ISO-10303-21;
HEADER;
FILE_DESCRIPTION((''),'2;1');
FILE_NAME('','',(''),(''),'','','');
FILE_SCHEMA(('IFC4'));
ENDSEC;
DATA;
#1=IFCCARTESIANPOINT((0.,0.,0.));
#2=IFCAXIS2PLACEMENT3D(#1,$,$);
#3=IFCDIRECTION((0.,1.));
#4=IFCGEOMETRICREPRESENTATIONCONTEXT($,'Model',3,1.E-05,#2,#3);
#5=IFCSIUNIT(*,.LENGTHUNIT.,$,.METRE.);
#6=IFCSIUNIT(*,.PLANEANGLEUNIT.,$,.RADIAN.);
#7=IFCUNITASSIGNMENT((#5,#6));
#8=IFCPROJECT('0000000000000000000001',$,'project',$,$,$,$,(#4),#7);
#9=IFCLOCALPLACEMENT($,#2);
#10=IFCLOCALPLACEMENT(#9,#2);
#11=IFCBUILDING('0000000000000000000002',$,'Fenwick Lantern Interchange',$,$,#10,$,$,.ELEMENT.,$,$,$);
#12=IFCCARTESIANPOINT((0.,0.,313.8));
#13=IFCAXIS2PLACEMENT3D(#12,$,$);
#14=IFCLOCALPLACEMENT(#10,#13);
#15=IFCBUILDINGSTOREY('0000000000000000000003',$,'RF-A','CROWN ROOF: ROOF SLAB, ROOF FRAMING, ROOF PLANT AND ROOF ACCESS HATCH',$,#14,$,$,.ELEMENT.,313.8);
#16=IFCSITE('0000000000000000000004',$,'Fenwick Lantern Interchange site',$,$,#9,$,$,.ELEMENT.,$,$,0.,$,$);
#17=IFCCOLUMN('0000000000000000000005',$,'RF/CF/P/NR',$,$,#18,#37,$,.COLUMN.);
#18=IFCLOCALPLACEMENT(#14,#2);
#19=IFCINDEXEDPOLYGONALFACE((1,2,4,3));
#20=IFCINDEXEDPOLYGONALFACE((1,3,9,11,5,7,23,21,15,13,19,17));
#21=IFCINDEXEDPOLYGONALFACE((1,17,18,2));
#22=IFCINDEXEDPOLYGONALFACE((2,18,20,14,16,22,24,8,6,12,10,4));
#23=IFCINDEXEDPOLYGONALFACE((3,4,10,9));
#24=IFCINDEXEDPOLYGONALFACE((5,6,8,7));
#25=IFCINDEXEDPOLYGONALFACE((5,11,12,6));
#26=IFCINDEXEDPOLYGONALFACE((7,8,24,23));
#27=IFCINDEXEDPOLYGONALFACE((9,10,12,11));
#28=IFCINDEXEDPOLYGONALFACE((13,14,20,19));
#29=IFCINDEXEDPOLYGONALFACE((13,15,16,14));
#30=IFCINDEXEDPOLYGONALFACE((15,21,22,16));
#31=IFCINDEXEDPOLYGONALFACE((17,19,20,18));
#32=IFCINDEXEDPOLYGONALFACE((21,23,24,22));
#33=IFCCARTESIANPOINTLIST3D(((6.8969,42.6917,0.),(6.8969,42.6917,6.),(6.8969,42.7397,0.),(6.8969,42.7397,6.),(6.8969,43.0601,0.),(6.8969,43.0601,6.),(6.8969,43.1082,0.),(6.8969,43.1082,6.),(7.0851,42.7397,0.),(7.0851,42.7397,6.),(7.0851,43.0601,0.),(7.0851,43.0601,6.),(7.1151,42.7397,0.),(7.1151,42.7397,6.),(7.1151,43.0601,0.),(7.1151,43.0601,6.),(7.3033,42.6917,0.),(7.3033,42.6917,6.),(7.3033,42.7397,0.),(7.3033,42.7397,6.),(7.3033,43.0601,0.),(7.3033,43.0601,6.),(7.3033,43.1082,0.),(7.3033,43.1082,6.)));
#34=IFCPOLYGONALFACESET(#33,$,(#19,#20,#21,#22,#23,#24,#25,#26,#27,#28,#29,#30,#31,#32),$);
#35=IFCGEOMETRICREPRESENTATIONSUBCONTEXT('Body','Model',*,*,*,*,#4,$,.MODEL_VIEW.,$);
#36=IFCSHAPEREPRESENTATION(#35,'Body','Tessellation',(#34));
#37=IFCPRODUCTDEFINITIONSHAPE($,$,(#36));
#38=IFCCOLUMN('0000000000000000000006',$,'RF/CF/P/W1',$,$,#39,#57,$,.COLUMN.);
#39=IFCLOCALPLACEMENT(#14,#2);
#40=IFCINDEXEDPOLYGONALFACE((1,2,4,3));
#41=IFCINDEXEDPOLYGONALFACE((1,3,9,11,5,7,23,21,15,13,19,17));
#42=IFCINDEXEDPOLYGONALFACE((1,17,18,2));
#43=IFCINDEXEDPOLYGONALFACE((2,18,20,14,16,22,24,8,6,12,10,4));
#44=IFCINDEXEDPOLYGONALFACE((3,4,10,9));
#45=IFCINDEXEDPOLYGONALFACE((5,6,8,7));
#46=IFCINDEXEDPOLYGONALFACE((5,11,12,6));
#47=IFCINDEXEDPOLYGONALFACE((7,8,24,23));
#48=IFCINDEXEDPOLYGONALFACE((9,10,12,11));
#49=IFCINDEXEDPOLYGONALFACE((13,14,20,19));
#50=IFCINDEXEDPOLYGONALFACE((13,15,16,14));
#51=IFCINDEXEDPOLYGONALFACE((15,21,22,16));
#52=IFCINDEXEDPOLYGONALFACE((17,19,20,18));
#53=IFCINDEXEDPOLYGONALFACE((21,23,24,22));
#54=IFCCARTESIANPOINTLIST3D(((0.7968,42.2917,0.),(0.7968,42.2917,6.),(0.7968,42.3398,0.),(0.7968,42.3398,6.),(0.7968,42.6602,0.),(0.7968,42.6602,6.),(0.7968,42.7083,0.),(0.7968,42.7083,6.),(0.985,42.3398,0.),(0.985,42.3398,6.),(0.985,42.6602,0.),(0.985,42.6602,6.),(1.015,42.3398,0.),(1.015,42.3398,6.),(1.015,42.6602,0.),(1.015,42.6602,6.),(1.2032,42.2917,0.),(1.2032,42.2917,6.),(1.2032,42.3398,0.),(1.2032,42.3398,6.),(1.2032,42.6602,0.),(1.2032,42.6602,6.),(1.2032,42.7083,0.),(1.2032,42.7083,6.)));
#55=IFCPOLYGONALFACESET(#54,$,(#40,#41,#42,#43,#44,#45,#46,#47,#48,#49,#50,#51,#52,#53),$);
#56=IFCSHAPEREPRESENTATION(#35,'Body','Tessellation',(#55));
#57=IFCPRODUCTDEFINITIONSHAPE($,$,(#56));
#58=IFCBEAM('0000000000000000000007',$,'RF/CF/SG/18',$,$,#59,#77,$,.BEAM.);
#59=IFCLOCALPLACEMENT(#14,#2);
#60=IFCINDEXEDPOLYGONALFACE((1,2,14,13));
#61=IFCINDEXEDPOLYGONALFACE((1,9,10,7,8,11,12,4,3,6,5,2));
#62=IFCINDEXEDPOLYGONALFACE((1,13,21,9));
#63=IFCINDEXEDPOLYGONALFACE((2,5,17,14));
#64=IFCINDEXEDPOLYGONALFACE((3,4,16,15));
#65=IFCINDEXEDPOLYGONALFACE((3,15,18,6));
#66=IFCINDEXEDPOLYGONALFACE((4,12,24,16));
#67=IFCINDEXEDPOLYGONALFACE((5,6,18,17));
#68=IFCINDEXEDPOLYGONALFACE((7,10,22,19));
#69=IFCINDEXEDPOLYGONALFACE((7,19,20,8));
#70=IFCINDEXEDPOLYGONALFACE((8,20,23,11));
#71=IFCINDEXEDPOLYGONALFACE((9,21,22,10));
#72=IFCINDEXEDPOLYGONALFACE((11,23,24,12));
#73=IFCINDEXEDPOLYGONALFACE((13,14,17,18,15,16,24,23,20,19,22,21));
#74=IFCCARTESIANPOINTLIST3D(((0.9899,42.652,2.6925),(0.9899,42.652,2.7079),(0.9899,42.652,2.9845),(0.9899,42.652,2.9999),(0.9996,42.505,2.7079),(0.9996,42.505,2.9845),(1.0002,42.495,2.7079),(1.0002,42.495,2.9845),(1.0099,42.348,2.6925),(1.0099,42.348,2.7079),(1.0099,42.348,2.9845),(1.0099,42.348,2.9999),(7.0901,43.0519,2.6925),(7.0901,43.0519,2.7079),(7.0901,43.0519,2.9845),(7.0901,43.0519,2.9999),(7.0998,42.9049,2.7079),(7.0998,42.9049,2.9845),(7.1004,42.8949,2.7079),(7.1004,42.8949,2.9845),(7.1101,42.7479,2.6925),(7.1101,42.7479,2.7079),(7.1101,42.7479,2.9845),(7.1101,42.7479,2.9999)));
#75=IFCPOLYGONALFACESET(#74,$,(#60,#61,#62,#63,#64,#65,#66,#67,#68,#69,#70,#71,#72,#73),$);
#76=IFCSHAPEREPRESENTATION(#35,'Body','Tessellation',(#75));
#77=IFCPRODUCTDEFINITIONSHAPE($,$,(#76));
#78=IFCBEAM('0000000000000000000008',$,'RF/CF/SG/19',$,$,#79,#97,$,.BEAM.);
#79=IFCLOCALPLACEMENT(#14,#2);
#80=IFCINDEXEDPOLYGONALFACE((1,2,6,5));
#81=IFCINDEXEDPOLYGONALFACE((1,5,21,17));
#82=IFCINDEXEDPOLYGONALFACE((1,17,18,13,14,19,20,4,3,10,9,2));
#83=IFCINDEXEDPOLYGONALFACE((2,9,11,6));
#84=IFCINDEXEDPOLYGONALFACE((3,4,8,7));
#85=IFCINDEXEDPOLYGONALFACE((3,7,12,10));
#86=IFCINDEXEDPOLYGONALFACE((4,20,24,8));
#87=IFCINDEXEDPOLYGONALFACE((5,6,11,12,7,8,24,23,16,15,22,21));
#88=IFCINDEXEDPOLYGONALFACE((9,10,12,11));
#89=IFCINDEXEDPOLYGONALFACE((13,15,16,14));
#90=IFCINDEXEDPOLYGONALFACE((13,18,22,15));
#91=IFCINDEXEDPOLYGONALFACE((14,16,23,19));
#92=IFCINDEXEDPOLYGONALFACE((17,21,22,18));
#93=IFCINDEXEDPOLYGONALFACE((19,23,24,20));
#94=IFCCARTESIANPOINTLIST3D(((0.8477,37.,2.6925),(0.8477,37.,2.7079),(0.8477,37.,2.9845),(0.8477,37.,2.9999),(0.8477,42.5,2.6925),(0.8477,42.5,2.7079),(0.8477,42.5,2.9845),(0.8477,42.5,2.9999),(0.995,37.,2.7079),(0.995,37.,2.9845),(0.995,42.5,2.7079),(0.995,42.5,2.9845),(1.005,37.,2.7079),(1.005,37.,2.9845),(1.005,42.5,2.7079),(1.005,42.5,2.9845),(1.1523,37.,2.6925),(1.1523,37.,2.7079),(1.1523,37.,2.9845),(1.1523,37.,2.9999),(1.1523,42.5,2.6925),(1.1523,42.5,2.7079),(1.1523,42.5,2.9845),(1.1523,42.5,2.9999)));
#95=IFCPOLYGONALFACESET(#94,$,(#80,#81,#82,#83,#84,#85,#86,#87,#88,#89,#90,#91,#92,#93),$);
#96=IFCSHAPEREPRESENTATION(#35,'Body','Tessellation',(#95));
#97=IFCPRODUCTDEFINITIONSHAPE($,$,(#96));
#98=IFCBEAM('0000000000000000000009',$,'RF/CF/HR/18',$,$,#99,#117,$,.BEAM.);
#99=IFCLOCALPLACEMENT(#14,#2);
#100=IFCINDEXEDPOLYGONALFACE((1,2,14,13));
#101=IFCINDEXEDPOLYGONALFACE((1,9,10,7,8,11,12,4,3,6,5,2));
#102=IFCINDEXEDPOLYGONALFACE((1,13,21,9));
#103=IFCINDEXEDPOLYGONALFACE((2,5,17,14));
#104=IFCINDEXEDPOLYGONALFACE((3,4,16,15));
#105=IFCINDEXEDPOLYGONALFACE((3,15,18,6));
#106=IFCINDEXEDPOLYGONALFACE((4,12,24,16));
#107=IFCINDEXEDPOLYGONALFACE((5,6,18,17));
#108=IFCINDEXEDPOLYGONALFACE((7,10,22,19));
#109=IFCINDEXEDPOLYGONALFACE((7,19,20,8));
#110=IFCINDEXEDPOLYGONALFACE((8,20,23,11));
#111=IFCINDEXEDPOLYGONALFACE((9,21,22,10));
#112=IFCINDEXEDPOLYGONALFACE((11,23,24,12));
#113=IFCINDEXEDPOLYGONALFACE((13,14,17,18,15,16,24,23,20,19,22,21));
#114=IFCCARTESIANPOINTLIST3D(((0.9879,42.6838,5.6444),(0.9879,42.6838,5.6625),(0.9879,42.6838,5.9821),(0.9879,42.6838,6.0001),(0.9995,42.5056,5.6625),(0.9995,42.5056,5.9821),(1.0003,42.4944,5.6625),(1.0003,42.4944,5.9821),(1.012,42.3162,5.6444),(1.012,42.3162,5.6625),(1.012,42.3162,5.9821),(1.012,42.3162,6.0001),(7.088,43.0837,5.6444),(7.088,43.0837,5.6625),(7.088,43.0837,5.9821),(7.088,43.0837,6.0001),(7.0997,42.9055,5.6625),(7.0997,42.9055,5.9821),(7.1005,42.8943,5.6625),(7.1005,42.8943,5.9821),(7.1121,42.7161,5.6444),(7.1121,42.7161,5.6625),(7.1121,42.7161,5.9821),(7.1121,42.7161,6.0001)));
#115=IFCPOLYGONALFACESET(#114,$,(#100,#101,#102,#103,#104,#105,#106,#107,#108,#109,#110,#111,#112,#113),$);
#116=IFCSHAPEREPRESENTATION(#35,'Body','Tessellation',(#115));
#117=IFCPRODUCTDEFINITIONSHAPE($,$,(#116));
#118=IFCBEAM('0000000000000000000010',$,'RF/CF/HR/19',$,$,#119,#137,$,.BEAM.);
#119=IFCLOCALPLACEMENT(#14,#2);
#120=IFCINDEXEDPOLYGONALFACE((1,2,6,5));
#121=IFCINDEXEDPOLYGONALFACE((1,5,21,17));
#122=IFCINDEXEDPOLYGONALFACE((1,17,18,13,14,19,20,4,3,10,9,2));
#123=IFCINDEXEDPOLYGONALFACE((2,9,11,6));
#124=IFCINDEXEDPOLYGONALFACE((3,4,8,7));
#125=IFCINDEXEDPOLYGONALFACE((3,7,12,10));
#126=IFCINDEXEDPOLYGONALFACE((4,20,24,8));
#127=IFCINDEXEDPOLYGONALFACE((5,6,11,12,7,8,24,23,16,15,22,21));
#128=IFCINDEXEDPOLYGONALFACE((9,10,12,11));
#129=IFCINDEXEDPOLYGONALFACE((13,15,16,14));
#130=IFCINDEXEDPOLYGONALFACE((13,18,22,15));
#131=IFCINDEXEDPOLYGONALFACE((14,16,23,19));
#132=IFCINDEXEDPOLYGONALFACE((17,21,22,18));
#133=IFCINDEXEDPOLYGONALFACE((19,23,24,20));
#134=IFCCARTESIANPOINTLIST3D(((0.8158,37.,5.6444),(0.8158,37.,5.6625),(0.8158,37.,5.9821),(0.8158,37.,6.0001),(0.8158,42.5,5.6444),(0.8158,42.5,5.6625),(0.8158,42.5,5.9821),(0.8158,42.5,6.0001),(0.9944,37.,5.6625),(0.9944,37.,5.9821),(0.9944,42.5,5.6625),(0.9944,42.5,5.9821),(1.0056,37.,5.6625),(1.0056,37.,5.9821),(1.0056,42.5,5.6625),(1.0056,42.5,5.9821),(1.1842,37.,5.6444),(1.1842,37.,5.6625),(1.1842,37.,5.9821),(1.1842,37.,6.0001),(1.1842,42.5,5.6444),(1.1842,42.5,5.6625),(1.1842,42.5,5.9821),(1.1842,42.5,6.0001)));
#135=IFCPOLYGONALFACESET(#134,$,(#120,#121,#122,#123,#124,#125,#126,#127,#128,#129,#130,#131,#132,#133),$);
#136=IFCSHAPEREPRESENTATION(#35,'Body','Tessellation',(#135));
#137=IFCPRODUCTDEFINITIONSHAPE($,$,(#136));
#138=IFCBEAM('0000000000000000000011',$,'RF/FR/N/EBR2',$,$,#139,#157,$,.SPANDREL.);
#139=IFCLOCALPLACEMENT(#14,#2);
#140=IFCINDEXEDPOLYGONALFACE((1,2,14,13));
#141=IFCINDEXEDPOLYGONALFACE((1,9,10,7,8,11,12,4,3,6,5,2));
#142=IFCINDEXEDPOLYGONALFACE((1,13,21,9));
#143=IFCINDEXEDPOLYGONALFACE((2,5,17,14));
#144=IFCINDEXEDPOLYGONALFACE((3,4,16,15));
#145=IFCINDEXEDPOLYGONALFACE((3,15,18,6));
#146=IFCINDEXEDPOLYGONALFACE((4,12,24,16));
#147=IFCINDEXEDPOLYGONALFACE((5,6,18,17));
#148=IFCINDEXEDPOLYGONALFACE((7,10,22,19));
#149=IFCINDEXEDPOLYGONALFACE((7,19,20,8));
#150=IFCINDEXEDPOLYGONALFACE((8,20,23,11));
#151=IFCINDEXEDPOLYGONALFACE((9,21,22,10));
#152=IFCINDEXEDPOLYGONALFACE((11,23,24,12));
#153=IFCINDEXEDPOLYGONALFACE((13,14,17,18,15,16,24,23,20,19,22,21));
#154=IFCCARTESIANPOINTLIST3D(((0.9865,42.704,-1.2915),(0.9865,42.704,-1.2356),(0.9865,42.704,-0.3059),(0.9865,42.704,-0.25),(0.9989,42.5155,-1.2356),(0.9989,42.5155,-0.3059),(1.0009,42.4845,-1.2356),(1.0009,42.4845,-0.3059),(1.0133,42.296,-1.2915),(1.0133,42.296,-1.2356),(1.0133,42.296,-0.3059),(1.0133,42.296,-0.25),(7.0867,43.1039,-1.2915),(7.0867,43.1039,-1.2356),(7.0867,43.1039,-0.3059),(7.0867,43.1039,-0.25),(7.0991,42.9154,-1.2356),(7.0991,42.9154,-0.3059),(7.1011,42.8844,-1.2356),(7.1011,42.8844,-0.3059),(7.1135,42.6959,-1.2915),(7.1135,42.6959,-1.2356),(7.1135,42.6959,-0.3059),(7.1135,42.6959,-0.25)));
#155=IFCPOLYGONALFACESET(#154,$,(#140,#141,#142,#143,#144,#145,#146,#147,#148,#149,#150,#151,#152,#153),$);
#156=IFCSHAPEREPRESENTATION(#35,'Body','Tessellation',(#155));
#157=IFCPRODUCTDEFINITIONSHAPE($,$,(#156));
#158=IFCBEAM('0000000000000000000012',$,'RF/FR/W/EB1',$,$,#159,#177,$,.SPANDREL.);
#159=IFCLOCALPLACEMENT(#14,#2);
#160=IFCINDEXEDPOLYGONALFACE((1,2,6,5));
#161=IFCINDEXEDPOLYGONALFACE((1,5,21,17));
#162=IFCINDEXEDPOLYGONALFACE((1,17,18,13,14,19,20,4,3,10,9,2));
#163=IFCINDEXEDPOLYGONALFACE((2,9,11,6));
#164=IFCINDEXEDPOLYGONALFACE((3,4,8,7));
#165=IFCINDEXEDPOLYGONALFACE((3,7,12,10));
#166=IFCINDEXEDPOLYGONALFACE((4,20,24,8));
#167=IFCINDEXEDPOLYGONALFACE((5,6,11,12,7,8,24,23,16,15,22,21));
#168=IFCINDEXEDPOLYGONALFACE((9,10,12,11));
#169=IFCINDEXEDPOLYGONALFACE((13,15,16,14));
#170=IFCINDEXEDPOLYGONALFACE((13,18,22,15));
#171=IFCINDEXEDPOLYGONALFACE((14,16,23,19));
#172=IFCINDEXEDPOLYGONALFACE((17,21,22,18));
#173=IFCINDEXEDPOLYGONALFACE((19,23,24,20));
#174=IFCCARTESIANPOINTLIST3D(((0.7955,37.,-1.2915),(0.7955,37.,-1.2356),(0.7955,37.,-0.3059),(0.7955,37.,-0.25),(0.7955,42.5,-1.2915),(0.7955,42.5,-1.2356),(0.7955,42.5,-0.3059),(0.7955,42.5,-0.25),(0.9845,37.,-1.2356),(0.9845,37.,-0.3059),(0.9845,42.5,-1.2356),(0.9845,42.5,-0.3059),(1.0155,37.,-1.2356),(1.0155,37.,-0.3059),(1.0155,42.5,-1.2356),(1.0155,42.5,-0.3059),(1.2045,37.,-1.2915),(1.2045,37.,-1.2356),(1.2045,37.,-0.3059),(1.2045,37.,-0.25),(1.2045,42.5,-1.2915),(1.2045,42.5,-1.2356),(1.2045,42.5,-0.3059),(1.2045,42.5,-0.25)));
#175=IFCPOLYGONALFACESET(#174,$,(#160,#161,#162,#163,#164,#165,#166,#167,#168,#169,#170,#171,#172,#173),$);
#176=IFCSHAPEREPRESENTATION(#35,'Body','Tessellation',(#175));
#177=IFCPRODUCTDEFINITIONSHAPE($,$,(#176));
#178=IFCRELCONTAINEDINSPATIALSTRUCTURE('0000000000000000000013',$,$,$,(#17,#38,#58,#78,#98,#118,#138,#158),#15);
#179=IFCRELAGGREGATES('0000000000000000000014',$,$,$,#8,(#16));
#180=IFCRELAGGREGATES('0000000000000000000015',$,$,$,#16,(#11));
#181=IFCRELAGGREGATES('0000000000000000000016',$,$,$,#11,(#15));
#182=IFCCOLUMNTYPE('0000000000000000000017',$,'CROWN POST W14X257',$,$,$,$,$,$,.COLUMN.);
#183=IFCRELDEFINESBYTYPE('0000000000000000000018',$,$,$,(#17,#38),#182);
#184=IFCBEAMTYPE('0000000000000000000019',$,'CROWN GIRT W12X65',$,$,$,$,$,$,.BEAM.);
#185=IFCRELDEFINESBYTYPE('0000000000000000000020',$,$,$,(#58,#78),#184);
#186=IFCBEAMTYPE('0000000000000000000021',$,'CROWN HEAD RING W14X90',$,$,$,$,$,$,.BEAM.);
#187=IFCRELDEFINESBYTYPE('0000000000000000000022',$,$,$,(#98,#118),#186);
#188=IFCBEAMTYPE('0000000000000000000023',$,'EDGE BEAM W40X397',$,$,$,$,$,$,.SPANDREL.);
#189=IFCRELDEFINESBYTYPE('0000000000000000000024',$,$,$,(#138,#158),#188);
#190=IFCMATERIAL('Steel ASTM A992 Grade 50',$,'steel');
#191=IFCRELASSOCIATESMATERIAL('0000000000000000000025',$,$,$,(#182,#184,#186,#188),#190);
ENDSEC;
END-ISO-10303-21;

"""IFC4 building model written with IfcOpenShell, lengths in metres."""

from ifc_helpers import new_model, si_unit, direction, frame, origin, origin_2d, place, context, subcontext, project, spatial, i_section, extrude, material, material_profile, profile_set, type_object, element, save


model = new_model("IFC4")

# Units and contexts
model_context = context("Model", 3, precision=1e-05, world=origin(), true_north=direction((0.0, 1.0)))
body_context = subcontext(model_context, "Body", "Model", "MODEL_VIEW")
ifc_project = project(units=[si_unit("LENGTHUNIT", "METRE"), si_unit("PLANEANGLEUNIT", "RADIAN")], contexts=[model_context])

# Site, building, storey
site_placement = place(None, origin())
site = spatial("IfcSite", under=ifc_project, at=site_placement, Name="Fenwick Lantern Interchange site", CompositionType="ELEMENT", RefElevation=0.0)
building_placement = place(site_placement, origin())
building = spatial("IfcBuilding", under=site, at=building_placement, Name="Fenwick Lantern Interchange", CompositionType="ELEMENT")
storey_placement = place(building_placement, frame((0.0, 0.0, 313.8)))
storey = spatial("IfcBuildingStorey", under=building, at=storey_placement, Name="RF-A", Description="CROWN ROOF: ROOF SLAB, ROOF FRAMING, ROOF PLANT AND ROOF ACCESS HATCH", CompositionType="ELEMENT", Elevation=313.8)

# Columns
ifc_material_1 = material(Name="Steel ASTM A992 Grade 50", Category="steel")
ifc_material_profile_1 = material_profile(ifc_material_1, i_section(OverallWidth=0.4065, OverallDepth=0.4165, WebThickness=0.03, FlangeThickness=0.0481, at=origin_2d()), Name="W14X257")
ifc_profile_set_1 = profile_set([ifc_material_profile_1], Name="Steel ASTM A992 Grade 50")
column_type = type_object("IfcColumnType", Name="CROWN POST W14X257", PredefinedType="COLUMN", material=ifc_profile_set_1)
for number, where, z_axis, x_axis, name in (
    (1, (7.1001, 42.8999, 0.0), (0.0, 0.0, 1.0), (1.0, 0.0, 0.0), "RF/CF/P/NR"),
    (2, (1.0, 42.5, 0.0), (0.0, 0.0, 1.0), (1.0, 0.0, 0.0), "RF/CF/P/W1"),
):
    element("IfcColumn", number, at=place(storey_placement, frame(where, z_axis=z_axis, x_axis=x_axis)), inside=storey, type_object=column_type, Name=name, PredefinedType="COLUMN", context=body_context, shape_type="SweptSolid", body=[
        extrude(i_section(OverallWidth=0.4065, OverallDepth=0.4165, WebThickness=0.03, FlangeThickness=0.0481, at=origin_2d()), origin(), (0.0, 0.0, 1.0), 6.0),
    ])

# Beams
ifc_material_profile_2 = material_profile(ifc_material_1, i_section(OverallWidth=0.3047, OverallDepth=0.3074, WebThickness=0.01, FlangeThickness=0.0154, at=origin_2d()), Name="W12X65")
ifc_profile_set_2 = profile_set([ifc_material_profile_2], Name="Steel ASTM A992 Grade 50")
beam_type_1 = type_object("IfcBeamType", Name="CROWN GIRT W12X65", PredefinedType="BEAM", material=ifc_profile_set_2)
beam_1_placement = place(storey_placement, frame((7.1001, 42.8999, 2.8462), z_axis=(-0.997858, -0.065416, 0.0), x_axis=(0.065416, -0.997858, 0.0)))
element("IfcBeam", 3, at=beam_1_placement, inside=storey, type_object=beam_type_1, Name="RF/CF/SG/18", PredefinedType="BEAM", context=body_context, shape_type="SweptSolid", body=[
    extrude(i_section(OverallWidth=0.3047, OverallDepth=0.3074, WebThickness=0.01, FlangeThickness=0.0154, at=origin_2d()), origin(), (0.0, 0.0, 1.0), 6.1133),
])
beam_2_placement = place(storey_placement, frame((1.0, 42.5, 2.8462), z_axis=(0.0, -1.0, 0.0), x_axis=(1.0, 0.0, 0.0)))
element("IfcBeam", 4, at=beam_2_placement, inside=storey, type_object=beam_type_1, Name="RF/CF/SG/19", PredefinedType="BEAM", context=body_context, shape_type="SweptSolid", body=[
    extrude(i_section(OverallWidth=0.3047, OverallDepth=0.3074, WebThickness=0.01, FlangeThickness=0.0154, at=origin_2d()), origin(), (0.0, 0.0, 1.0), 5.5),
])
ifc_material_profile_3 = material_profile(ifc_material_1, i_section(OverallWidth=0.3684, OverallDepth=0.3557, WebThickness=0.0112, FlangeThickness=0.0181, at=origin_2d()), Name="W14X90")
ifc_profile_set_3 = profile_set([ifc_material_profile_3], Name="Steel ASTM A992 Grade 50")
beam_type_2 = type_object("IfcBeamType", Name="CROWN HEAD RING W14X90", PredefinedType="BEAM", material=ifc_profile_set_3)
beam_3_placement = place(storey_placement, frame((7.1001, 42.8999, 5.8223), z_axis=(-0.997858, -0.065416, 0.0), x_axis=(0.065416, -0.997858, 0.0)))
element("IfcBeam", 5, at=beam_3_placement, inside=storey, type_object=beam_type_2, Name="RF/CF/HR/18", PredefinedType="BEAM", context=body_context, shape_type="SweptSolid", body=[
    extrude(i_section(OverallWidth=0.3684, OverallDepth=0.3557, WebThickness=0.0112, FlangeThickness=0.0181, at=origin_2d()), origin(), (0.0, 0.0, 1.0), 6.1133),
])
beam_4_placement = place(storey_placement, frame((1.0, 42.5, 5.8223), z_axis=(0.0, -1.0, 0.0), x_axis=(1.0, 0.0, 0.0)))
element("IfcBeam", 6, at=beam_4_placement, inside=storey, type_object=beam_type_2, Name="RF/CF/HR/19", PredefinedType="BEAM", context=body_context, shape_type="SweptSolid", body=[
    extrude(i_section(OverallWidth=0.3684, OverallDepth=0.3557, WebThickness=0.0112, FlangeThickness=0.0181, at=origin_2d()), origin(), (0.0, 0.0, 1.0), 5.5),
])
ifc_material_profile_4 = material_profile(ifc_material_1, i_section(OverallWidth=0.4089, OverallDepth=1.0415, WebThickness=0.031, FlangeThickness=0.0559, at=origin_2d()), Name="W40X397")
ifc_profile_set_4 = profile_set([ifc_material_profile_4], Name="Steel ASTM A992 Grade 50")
beam_type_3 = type_object("IfcBeamType", Name="EDGE BEAM W40X397", PredefinedType="SPANDREL", material=ifc_profile_set_4)
beam_5_placement = place(storey_placement, frame((7.1001, 42.8999, -0.7708), z_axis=(-0.997858, -0.065416, 0.0), x_axis=(0.065416, -0.997858, 0.0)))
element("IfcBeam", 7, at=beam_5_placement, inside=storey, type_object=beam_type_3, Name="RF/FR/N/EBR2", PredefinedType="SPANDREL", context=body_context, shape_type="SweptSolid", body=[
    extrude(i_section(OverallWidth=0.4089, OverallDepth=1.0415, WebThickness=0.031, FlangeThickness=0.0559, at=origin_2d()), origin(), (0.0, 0.0, 1.0), 6.1133),
])
beam_6_placement = place(storey_placement, frame((1.0, 42.5, -0.7708), z_axis=(0.0, -1.0, 0.0), x_axis=(1.0, 0.0, 0.0)))
element("IfcBeam", 8, at=beam_6_placement, inside=storey, type_object=beam_type_3, Name="RF/FR/W/EB1", PredefinedType="SPANDREL", context=body_context, shape_type="SweptSolid", body=[
    extrude(i_section(OverallWidth=0.4089, OverallDepth=1.0415, WebThickness=0.031, FlangeThickness=0.0559, at=origin_2d()), origin(), (0.0, 0.0, 1.0), 5.5),
])

save(model, "model.ifc")
